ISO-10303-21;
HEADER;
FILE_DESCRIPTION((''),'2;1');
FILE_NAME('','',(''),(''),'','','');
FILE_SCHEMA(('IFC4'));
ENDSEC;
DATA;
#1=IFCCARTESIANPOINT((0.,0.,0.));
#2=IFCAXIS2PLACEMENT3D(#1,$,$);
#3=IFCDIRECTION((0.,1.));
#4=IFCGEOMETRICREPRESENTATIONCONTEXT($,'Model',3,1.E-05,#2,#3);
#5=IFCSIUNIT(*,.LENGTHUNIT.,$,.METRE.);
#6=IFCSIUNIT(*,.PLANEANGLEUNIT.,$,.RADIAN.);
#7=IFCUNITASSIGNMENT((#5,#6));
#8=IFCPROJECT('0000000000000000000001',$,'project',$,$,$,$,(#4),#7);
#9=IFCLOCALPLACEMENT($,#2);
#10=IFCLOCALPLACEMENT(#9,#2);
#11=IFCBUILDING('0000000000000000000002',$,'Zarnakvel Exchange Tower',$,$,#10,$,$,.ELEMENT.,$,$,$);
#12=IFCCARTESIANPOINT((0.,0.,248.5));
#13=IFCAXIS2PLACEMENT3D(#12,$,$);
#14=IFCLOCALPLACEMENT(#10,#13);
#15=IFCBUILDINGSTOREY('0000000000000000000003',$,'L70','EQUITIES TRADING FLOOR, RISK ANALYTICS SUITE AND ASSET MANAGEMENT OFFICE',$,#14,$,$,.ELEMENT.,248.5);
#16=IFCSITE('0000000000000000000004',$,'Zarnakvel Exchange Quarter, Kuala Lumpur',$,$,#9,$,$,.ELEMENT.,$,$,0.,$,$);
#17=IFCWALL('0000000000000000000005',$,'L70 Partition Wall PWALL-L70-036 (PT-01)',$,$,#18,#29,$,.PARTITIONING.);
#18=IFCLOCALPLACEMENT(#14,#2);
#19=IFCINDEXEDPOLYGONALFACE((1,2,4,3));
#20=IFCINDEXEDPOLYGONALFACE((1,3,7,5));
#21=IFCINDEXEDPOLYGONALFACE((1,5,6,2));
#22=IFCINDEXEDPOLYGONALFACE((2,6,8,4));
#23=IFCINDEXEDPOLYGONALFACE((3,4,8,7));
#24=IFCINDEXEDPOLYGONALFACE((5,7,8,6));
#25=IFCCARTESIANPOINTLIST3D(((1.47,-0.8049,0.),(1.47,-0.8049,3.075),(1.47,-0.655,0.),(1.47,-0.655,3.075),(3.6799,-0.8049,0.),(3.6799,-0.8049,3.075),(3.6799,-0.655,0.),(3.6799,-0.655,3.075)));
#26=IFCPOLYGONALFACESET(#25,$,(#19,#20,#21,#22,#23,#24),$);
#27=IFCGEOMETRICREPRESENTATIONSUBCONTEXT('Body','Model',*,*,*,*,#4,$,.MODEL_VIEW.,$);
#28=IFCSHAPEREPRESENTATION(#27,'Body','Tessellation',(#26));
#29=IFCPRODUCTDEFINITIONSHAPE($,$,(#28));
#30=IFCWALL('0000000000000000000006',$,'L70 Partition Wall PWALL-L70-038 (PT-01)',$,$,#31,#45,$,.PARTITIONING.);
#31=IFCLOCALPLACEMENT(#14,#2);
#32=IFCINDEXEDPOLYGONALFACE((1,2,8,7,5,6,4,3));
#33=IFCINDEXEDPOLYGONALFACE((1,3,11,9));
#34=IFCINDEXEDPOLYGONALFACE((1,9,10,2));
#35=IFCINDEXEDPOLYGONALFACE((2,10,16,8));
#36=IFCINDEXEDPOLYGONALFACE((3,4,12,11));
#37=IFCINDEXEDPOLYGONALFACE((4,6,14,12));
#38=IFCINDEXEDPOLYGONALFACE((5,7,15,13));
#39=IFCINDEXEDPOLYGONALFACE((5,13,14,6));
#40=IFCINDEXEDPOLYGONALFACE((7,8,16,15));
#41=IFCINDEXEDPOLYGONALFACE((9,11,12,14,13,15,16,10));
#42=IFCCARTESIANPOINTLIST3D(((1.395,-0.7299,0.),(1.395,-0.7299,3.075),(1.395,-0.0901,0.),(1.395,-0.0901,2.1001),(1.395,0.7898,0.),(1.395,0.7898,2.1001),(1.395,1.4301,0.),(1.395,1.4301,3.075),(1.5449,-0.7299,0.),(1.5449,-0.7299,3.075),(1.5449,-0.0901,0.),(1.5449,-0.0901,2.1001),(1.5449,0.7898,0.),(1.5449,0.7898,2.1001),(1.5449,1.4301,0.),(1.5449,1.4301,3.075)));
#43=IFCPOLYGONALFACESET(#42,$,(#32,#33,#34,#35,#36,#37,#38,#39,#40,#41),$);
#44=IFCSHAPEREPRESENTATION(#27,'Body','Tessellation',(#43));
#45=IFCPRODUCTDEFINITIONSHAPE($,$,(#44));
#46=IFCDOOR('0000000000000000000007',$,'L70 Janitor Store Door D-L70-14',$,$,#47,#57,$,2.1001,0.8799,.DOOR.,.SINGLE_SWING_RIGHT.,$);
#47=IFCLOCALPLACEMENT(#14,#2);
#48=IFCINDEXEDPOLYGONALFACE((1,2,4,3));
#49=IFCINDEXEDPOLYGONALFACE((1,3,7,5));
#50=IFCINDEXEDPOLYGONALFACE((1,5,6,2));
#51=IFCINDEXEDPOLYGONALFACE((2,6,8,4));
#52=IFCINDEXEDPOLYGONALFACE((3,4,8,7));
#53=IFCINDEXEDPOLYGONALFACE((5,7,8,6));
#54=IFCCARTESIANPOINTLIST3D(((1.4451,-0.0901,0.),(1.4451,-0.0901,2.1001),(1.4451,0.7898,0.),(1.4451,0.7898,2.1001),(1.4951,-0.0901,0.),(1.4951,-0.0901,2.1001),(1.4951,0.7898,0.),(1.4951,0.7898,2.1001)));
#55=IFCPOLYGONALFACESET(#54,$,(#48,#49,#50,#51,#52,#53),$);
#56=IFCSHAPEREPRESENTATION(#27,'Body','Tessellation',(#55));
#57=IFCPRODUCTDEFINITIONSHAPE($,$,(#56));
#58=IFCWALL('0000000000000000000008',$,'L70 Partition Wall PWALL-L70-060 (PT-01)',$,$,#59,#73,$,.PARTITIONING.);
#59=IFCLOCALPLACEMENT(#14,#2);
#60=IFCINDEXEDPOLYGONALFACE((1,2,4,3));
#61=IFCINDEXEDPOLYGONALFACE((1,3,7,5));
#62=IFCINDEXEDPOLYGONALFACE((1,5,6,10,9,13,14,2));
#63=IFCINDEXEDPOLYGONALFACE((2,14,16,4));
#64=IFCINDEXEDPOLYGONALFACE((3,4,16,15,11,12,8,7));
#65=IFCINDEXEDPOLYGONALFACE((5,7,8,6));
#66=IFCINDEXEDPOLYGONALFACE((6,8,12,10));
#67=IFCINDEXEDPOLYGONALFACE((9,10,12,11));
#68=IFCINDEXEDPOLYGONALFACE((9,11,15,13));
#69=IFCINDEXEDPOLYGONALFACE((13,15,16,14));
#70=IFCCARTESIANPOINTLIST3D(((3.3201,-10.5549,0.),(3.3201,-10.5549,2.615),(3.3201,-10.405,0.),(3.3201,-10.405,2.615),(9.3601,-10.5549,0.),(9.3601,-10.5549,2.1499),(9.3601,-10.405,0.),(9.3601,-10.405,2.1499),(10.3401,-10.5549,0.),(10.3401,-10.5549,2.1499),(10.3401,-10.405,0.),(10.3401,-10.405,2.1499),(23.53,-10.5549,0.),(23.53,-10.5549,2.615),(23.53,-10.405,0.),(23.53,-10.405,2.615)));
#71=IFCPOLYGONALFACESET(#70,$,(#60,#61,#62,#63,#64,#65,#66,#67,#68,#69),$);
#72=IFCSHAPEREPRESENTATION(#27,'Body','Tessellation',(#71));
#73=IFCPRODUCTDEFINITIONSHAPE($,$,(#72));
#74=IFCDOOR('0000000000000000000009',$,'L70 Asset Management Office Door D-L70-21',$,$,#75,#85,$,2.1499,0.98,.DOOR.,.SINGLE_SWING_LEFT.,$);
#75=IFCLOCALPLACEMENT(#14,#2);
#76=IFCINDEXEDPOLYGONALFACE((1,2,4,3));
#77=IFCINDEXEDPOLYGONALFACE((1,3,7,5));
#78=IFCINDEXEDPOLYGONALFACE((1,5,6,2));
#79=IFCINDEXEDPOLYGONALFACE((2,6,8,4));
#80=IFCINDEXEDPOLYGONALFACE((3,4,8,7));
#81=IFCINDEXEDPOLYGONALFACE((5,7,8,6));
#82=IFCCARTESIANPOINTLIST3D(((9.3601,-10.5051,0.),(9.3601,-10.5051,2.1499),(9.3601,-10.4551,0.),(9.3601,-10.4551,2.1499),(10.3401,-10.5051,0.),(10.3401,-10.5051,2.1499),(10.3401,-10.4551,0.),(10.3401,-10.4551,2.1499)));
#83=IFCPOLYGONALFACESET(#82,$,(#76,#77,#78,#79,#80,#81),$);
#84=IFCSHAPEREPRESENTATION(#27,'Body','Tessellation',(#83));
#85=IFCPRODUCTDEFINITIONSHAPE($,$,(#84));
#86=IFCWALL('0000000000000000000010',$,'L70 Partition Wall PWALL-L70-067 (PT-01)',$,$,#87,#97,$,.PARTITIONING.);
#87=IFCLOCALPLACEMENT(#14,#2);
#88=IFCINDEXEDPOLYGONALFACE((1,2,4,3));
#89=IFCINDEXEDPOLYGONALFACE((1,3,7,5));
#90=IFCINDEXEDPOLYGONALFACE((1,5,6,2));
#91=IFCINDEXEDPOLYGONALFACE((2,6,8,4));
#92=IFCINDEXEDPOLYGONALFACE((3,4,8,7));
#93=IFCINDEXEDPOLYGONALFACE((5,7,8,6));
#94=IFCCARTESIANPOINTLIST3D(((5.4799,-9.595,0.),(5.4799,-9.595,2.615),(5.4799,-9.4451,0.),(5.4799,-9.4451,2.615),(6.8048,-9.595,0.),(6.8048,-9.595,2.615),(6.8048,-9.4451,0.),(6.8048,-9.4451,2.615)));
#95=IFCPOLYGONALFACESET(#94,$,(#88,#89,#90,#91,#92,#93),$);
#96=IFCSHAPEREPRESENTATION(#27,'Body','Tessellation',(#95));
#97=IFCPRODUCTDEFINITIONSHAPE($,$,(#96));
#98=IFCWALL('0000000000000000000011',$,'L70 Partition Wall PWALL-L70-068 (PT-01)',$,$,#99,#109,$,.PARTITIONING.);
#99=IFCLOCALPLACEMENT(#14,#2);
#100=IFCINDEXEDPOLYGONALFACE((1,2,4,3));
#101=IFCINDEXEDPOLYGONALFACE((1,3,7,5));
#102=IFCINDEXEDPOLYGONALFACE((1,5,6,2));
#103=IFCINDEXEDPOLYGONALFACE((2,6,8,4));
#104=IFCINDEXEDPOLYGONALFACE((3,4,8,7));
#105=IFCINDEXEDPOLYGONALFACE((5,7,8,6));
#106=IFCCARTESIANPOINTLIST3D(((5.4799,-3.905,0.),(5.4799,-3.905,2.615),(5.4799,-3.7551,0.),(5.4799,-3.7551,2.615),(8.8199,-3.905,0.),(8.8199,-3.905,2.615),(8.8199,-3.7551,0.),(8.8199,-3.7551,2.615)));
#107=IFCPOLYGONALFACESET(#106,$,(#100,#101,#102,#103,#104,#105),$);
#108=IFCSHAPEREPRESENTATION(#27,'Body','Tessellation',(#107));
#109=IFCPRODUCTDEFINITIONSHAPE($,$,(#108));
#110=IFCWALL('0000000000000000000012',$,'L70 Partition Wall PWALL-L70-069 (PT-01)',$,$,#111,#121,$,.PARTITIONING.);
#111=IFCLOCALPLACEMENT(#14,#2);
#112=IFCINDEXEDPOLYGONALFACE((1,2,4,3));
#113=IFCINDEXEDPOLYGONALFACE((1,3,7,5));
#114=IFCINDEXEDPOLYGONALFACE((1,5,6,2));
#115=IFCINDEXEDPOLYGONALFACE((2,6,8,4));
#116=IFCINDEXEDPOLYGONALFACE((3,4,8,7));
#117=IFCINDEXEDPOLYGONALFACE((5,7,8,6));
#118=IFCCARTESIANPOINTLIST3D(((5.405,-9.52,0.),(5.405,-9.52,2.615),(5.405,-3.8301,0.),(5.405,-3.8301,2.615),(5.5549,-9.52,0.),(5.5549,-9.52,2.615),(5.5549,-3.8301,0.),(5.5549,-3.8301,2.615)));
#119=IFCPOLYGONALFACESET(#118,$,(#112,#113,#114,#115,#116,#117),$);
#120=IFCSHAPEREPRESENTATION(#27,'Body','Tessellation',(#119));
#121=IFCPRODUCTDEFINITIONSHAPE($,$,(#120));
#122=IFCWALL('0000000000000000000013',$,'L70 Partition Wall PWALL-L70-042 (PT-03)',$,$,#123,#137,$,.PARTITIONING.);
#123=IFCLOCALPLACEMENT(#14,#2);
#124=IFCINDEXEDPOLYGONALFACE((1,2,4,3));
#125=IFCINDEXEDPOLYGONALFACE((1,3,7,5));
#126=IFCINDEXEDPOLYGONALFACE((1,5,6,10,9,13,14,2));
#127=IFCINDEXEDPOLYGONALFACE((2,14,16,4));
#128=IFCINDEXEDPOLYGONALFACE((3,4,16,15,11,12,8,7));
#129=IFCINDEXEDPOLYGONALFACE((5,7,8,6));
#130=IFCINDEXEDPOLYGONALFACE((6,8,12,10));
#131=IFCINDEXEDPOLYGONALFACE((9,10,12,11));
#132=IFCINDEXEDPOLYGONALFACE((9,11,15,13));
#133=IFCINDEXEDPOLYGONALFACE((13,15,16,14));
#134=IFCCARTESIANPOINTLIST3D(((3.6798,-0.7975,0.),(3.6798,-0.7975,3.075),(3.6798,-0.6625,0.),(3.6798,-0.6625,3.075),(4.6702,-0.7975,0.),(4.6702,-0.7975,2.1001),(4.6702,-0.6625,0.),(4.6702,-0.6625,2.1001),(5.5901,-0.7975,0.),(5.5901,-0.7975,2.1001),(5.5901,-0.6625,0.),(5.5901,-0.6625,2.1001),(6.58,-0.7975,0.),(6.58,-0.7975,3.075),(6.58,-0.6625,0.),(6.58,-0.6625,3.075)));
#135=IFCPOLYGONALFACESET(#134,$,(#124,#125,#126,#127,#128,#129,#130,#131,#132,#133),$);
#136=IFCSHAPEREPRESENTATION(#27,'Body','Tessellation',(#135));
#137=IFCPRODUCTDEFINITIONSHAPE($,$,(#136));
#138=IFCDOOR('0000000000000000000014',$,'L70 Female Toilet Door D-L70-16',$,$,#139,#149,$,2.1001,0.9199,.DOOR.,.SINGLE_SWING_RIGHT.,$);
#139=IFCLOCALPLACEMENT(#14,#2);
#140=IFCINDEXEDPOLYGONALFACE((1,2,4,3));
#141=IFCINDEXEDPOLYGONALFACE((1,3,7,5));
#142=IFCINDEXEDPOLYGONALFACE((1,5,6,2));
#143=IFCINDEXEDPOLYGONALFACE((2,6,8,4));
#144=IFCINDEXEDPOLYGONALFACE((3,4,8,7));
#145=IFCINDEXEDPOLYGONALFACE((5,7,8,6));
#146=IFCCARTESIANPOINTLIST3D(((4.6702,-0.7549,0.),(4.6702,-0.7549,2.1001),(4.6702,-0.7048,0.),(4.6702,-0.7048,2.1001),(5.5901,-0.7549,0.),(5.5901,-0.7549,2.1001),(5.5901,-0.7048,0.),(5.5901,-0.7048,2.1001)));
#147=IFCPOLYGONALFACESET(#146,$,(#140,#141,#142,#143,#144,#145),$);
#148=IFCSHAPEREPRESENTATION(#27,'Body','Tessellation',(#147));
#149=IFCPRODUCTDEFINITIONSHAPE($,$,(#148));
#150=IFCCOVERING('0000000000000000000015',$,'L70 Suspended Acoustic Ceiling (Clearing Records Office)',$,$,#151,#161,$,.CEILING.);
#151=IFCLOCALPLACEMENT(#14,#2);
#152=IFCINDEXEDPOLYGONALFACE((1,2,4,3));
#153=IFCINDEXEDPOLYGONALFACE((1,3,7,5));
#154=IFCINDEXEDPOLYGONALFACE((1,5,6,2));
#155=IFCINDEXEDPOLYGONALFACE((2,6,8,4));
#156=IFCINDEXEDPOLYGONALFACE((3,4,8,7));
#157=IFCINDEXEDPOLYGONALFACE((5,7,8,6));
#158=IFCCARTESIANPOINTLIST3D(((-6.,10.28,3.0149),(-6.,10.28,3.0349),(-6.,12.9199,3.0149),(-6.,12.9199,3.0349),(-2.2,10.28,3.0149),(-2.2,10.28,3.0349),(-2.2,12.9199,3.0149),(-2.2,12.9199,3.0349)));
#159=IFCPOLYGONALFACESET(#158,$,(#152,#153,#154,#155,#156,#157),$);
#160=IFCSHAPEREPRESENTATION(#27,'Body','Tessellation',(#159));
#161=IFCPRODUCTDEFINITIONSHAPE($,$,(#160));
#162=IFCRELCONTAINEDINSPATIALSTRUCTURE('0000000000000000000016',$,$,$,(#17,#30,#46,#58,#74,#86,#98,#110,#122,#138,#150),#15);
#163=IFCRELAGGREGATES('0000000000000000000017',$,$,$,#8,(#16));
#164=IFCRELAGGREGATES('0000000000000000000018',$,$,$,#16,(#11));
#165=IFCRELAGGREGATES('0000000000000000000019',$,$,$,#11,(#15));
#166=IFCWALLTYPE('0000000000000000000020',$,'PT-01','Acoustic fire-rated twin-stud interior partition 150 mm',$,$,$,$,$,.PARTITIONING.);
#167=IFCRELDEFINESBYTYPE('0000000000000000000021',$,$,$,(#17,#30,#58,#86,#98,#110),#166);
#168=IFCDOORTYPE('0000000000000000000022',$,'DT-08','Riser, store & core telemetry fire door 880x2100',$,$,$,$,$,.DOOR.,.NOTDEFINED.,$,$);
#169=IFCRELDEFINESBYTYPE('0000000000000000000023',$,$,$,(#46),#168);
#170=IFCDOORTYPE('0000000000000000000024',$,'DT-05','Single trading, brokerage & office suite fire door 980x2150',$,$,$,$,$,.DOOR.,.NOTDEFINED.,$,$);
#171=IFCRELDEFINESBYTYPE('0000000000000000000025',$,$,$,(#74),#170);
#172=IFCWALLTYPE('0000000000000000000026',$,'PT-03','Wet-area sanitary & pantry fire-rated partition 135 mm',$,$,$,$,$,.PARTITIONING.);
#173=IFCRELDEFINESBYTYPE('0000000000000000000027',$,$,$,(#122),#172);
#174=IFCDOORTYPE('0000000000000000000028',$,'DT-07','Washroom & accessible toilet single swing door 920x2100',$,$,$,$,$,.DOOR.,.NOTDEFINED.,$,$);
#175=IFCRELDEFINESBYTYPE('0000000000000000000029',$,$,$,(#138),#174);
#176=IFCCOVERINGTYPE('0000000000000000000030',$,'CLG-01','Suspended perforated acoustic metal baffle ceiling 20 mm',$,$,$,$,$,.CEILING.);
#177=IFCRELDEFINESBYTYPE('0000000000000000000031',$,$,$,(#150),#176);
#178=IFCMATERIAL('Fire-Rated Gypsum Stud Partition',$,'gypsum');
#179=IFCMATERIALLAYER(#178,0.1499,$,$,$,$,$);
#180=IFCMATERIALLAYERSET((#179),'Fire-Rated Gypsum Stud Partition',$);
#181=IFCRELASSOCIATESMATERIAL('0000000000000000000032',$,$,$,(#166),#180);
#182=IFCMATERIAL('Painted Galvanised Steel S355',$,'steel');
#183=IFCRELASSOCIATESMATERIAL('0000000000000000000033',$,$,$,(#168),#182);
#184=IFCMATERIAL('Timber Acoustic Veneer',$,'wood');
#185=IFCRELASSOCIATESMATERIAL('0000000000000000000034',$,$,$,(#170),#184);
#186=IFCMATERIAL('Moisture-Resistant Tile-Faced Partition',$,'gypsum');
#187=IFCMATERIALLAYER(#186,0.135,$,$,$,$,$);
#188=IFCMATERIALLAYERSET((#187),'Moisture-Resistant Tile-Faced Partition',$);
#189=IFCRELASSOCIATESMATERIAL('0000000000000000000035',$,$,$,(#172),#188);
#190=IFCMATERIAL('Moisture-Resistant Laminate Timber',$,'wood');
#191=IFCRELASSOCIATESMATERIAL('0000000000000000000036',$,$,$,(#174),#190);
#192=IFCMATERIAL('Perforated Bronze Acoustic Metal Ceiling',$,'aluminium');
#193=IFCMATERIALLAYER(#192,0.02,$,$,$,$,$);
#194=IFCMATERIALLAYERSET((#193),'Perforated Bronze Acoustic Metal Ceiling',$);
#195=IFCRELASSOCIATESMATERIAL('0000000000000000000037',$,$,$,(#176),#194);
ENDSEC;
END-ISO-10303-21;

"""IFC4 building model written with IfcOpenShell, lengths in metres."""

from ifc_helpers import new_model, si_unit, direction, frame, frame_2d, origin, place, context, subcontext, project, spatial, polyline, rectangle, outline, extrude, source, transform, mapped, material, layer, layer_set, type_object, element, fill, save


model = new_model("IFC4")

# Units and contexts
model_context = context("Model", 3, precision=1e-05, world=origin(), true_north=direction((0.0, 1.0)))
body_context = subcontext(model_context, "Body", "Model", "MODEL_VIEW")
ifc_project = project(units=[si_unit("LENGTHUNIT", "METRE"), si_unit("PLANEANGLEUNIT", "RADIAN")], contexts=[model_context])

# Site, building, storey
site_placement = place(None, origin())
site = spatial("IfcSite", under=ifc_project, at=site_placement, Name="Zarnakvel Exchange Quarter, Kuala Lumpur", CompositionType="ELEMENT", RefElevation=0.0)
building_placement = place(site_placement, origin())
building = spatial("IfcBuilding", under=site, at=building_placement, Name="Zarnakvel Exchange Tower", CompositionType="ELEMENT")
storey_placement = place(building_placement, frame((0.0, 0.0, 248.5)))
storey = spatial("IfcBuildingStorey", under=building, at=storey_placement, Name="L70", Description="EQUITIES TRADING FLOOR, RISK ANALYTICS SUITE AND ASSET MANAGEMENT OFFICE", CompositionType="ELEMENT", Elevation=248.5)

# Wall
ifc_material_1 = material(Name="Fire-Rated Gypsum Stud Partition", Category="gypsum")
ifc_layer_1 = layer(ifc_material_1, 0.1499)
ifc_layer_set_1 = layer_set([ifc_layer_1], Name="Fire-Rated Gypsum Stud Partition")
wall_type_1 = type_object("IfcWallType", Name="PT-01", Description="Acoustic fire-rated twin-stud interior partition 150 mm", PredefinedType="PARTITIONING", material=ifc_layer_set_1)
wall_1_placement = place(storey_placement, frame((3.6799, -0.73, 0.0), z_axis=(0.0, 0.0, 1.0), x_axis=(-1.0, 0.0, 0.0)))
element("IfcWall", 1, at=wall_1_placement, inside=storey, type_object=wall_type_1, Name="L70 Partition Wall PWALL-L70-036 (PT-01)", PredefinedType="PARTITIONING", context=body_context, shape_type="SweptSolid", body=[
    extrude(rectangle(XDim=2.21, YDim=0.1499, at=frame_2d((1.105, 0.0))), origin(), (0.0, 0.0, 1.0), 3.075),
])

# Walls, openings, doors
wall_2_placement = place(storey_placement, frame((1.47, -0.73, 0.0), z_axis=(0.0, 0.0, 1.0), x_axis=(0.0, 1.0, 0.0)))
wall_2 = element("IfcWall", 2, at=wall_2_placement, inside=storey, type_object=wall_type_1, Name="L70 Partition Wall PWALL-L70-038 (PT-01)", PredefinedType="PARTITIONING", context=body_context, shape_type="SweptSolid", body=[
    extrude(rectangle(XDim=2.1599, YDim=0.1499, at=frame_2d((1.0801, 0.0))), origin(), (0.0, 0.0, 1.0), 3.075),
])
opening_1_placement = place(wall_2_placement, frame((0.6399, 0.0, 0.0)))
opening_1 = element("IfcOpeningElement", 3, at=opening_1_placement, cuts=wall_2, PredefinedType="OPENING", context=body_context, shape_type="SweptSolid", body=[
    extrude(rectangle(XDim=0.8799, YDim=2.1001, at=frame_2d((0.4399, 1.05))), frame((0.0, 0.085, 0.0), z_axis=(0.0, -1.0, 0.0), x_axis=(1.0, 0.0, 0.0)), (0.0, 0.0, 1.0), 0.1699),
])
ifc_material_2 = material(Name="Painted Galvanised Steel S355", Category="steel")
door_type_1 = type_object("IfcDoorType", Name="DT-08", Description="Riser, store & core telemetry fire door 880x2100", OperationType="NOTDEFINED", PredefinedType="DOOR", material=ifc_material_2)
shared_shape_1 = source(origin(), body_context, "Body", "SweptSolid", [
    extrude(rectangle(XDim=0.8799, YDim=2.1001, at=frame_2d((0.4399, 1.05))), frame((0.0, 0.0249, 0.0), z_axis=(0.0, -1.0, 0.0), x_axis=(1.0, 0.0, 0.0)), (0.0, 0.0, 1.0), 0.05),
])
door_1_placement = place(opening_1_placement, origin())
door_1 = element("IfcDoor", 4, at=door_1_placement, inside=storey, type_object=door_type_1, Name="L70 Janitor Store Door D-L70-14", OperationType="SINGLE_SWING_RIGHT", OverallHeight=2.1001, OverallWidth=0.8799, PredefinedType="DOOR", context=body_context, shape_type="MappedRepresentation", body=[
    mapped(shared_shape_1, transform((0.0, 0.0, 0.0), x_axis=(1.0, 0.0, 0.0), y_axis=(0.0, 1.0, 0.0), z_axis=(0.0, 0.0, 1.0), scale=1.0)),
])
fill(opening_1, door_1)
wall_3_placement = place(storey_placement, frame((3.3201, -10.48, 0.0), z_axis=(0.0, 0.0, 1.0), x_axis=(1.0, 0.0, 0.0)))
wall_3 = element("IfcWall", 5, at=wall_3_placement, inside=storey, type_object=wall_type_1, Name="L70 Partition Wall PWALL-L70-060 (PT-01)", PredefinedType="PARTITIONING", context=body_context, shape_type="SweptSolid", body=[
    extrude(rectangle(XDim=20.21, YDim=0.1499, at=frame_2d((10.105, 0.0))), origin(), (0.0, 0.0, 1.0), 2.615),
])
opening_2_placement = place(wall_3_placement, frame((6.04, 0.0, 0.0)))
opening_2 = element("IfcOpeningElement", 6, at=opening_2_placement, cuts=wall_3, PredefinedType="OPENING", context=body_context, shape_type="SweptSolid", body=[
    extrude(rectangle(XDim=0.98, YDim=2.1499, at=frame_2d((0.49, 1.075))), frame((0.0, 0.085, 0.0), z_axis=(0.0, -1.0, 0.0), x_axis=(1.0, 0.0, 0.0)), (0.0, 0.0, 1.0), 0.1699),
])
ifc_material_3 = material(Name="Timber Acoustic Veneer", Category="wood")
door_type_2 = type_object("IfcDoorType", Name="DT-05", Description="Single trading, brokerage & office suite fire door 980x2150", OperationType="NOTDEFINED", PredefinedType="DOOR", material=ifc_material_3)
shared_shape_2 = source(origin(), body_context, "Body", "SweptSolid", [
    extrude(rectangle(XDim=0.98, YDim=2.1499, at=frame_2d((0.49, 1.075))), frame((0.0, 0.0249, 0.0), z_axis=(0.0, -1.0, 0.0), x_axis=(1.0, 0.0, 0.0)), (0.0, 0.0, 1.0), 0.05),
])
door_2_placement = place(opening_2_placement, origin())
door_2 = element("IfcDoor", 7, at=door_2_placement, inside=storey, type_object=door_type_2, Name="L70 Asset Management Office Door D-L70-21", OperationType="SINGLE_SWING_LEFT", OverallHeight=2.1499, OverallWidth=0.98, PredefinedType="DOOR", context=body_context, shape_type="MappedRepresentation", body=[
    mapped(shared_shape_2, transform((0.0, 0.0, 0.0), x_axis=(1.0, 0.0, 0.0), y_axis=(0.0, 1.0, 0.0), z_axis=(0.0, 0.0, 1.0), scale=1.0)),
])
fill(opening_2, door_2)

# Walls
wall_4_placement = place(storey_placement, frame((6.8049, -9.52, 0.0), z_axis=(0.0, 0.0, 1.0), x_axis=(-1.0, 0.0, 0.0)))
element("IfcWall", 8, at=wall_4_placement, inside=storey, type_object=wall_type_1, Name="L70 Partition Wall PWALL-L70-067 (PT-01)", PredefinedType="PARTITIONING", context=body_context, shape_type="SweptSolid", body=[
    extrude(rectangle(XDim=1.325, YDim=0.1499, at=frame_2d((0.6626, 0.0))), origin(), (0.0, 0.0, 1.0), 2.615),
])
wall_5_placement = place(storey_placement, frame((5.48, -3.8301, 0.0), z_axis=(0.0, 0.0, 1.0), x_axis=(1.0, 0.0, 0.0)))
element("IfcWall", 9, at=wall_5_placement, inside=storey, type_object=wall_type_1, Name="L70 Partition Wall PWALL-L70-068 (PT-01)", PredefinedType="PARTITIONING", context=body_context, shape_type="SweptSolid", body=[
    extrude(rectangle(XDim=3.3401, YDim=0.1499, at=frame_2d((1.6699, 0.0))), origin(), (0.0, 0.0, 1.0), 2.615),
])
wall_6_placement = place(storey_placement, frame((5.48, -9.52, 0.0), z_axis=(0.0, 0.0, 1.0), x_axis=(0.0, 1.0, 0.0)))
element("IfcWall", 10, at=wall_6_placement, inside=storey, type_object=wall_type_1, Name="L70 Partition Wall PWALL-L70-069 (PT-01)", PredefinedType="PARTITIONING", context=body_context, shape_type="SweptSolid", body=[
    extrude(rectangle(XDim=5.6899, YDim=0.1499, at=frame_2d((2.845, 0.0))), origin(), (0.0, 0.0, 1.0), 2.615),
])

# Wall, opening, door
ifc_material_4 = material(Name="Moisture-Resistant Tile-Faced Partition", Category="gypsum")
ifc_layer_2 = layer(ifc_material_4, 0.135)
ifc_layer_set_2 = layer_set([ifc_layer_2], Name="Moisture-Resistant Tile-Faced Partition")
wall_type_2 = type_object("IfcWallType", Name="PT-03", Description="Wet-area sanitary & pantry fire-rated partition 135 mm", PredefinedType="PARTITIONING", material=ifc_layer_set_2)
wall_7_placement = place(storey_placement, frame((6.5801, -0.73, 0.0), z_axis=(0.0, 0.0, 1.0), x_axis=(-1.0, 0.0, 0.0)))
wall_7 = element("IfcWall", 11, at=wall_7_placement, inside=storey, type_object=wall_type_2, Name="L70 Partition Wall PWALL-L70-042 (PT-03)", PredefinedType="PARTITIONING", context=body_context, shape_type="SweptSolid", body=[
    extrude(rectangle(XDim=2.9001, YDim=0.135, at=frame_2d((1.4502, 0.0))), origin(), (0.0, 0.0, 1.0), 3.075),
])
opening_3_placement = place(wall_7_placement, frame((0.99, 0.0, 0.0)))
opening_3 = element("IfcOpeningElement", 12, at=opening_3_placement, cuts=wall_7, PredefinedType="OPENING", context=body_context, shape_type="SweptSolid", body=[
    extrude(rectangle(XDim=0.9199, YDim=2.1001, at=frame_2d((0.46, 1.05))), frame((0.0, 0.0774, 0.0), z_axis=(0.0, -1.0, 0.0), x_axis=(1.0, 0.0, 0.0)), (0.0, 0.0, 1.0), 0.155),
])
ifc_material_5 = material(Name="Moisture-Resistant Laminate Timber", Category="wood")
door_type_3 = type_object("IfcDoorType", Name="DT-07", Description="Washroom & accessible toilet single swing door 920x2100", OperationType="NOTDEFINED", PredefinedType="DOOR", material=ifc_material_5)
shared_shape_3 = source(origin(), body_context, "Body", "SweptSolid", [
    extrude(rectangle(XDim=0.9199, YDim=2.1001, at=frame_2d((0.46, 1.05))), frame((0.0, 0.0249, 0.0), z_axis=(0.0, -1.0, 0.0), x_axis=(1.0, 0.0, 0.0)), (0.0, 0.0, 1.0), 0.05),
])
door_3_placement = place(opening_3_placement, origin())
door_3 = element("IfcDoor", 13, at=door_3_placement, inside=storey, type_object=door_type_3, Name="L70 Female Toilet Door D-L70-16", OperationType="SINGLE_SWING_RIGHT", OverallHeight=2.1001, OverallWidth=0.9199, PredefinedType="DOOR", context=body_context, shape_type="MappedRepresentation", body=[
    mapped(shared_shape_3, transform((0.0, 0.0, 0.0), x_axis=(1.0, 0.0, 0.0), y_axis=(0.0, 1.0, 0.0), z_axis=(0.0, 0.0, 1.0), scale=1.0)),
])
fill(opening_3, door_3)

# Covering
ifc_material_6 = material(Name="Perforated Bronze Acoustic Metal Ceiling", Category="aluminium")
ifc_layer_3 = layer(ifc_material_6, 0.02)
ifc_layer_set_3 = layer_set([ifc_layer_3], Name="Perforated Bronze Acoustic Metal Ceiling")
covering_type_1 = type_object("IfcCoveringType", Name="CLG-01", Description="Suspended perforated acoustic metal baffle ceiling 20 mm", PredefinedType="CEILING", material=ifc_layer_set_3)
covering_1_placement = place(storey_placement, frame((0.0, 0.0, 3.0149)))
element("IfcCovering", 14, at=covering_1_placement, inside=storey, type_object=covering_type_1, Name="L70 Suspended Acoustic Ceiling (Clearing Records Office)", PredefinedType="CEILING", context=body_context, shape_type="SweptSolid", body=[
    extrude(outline(polyline([(-6.0, 12.9199), (-2.2, 12.9199), (-2.2, 10.28), (-6.0, 10.28), (-6.0, 12.9199)])), origin(), (0.0, 0.0, 1.0), 0.02),
])

save(model, "model.ifc")
